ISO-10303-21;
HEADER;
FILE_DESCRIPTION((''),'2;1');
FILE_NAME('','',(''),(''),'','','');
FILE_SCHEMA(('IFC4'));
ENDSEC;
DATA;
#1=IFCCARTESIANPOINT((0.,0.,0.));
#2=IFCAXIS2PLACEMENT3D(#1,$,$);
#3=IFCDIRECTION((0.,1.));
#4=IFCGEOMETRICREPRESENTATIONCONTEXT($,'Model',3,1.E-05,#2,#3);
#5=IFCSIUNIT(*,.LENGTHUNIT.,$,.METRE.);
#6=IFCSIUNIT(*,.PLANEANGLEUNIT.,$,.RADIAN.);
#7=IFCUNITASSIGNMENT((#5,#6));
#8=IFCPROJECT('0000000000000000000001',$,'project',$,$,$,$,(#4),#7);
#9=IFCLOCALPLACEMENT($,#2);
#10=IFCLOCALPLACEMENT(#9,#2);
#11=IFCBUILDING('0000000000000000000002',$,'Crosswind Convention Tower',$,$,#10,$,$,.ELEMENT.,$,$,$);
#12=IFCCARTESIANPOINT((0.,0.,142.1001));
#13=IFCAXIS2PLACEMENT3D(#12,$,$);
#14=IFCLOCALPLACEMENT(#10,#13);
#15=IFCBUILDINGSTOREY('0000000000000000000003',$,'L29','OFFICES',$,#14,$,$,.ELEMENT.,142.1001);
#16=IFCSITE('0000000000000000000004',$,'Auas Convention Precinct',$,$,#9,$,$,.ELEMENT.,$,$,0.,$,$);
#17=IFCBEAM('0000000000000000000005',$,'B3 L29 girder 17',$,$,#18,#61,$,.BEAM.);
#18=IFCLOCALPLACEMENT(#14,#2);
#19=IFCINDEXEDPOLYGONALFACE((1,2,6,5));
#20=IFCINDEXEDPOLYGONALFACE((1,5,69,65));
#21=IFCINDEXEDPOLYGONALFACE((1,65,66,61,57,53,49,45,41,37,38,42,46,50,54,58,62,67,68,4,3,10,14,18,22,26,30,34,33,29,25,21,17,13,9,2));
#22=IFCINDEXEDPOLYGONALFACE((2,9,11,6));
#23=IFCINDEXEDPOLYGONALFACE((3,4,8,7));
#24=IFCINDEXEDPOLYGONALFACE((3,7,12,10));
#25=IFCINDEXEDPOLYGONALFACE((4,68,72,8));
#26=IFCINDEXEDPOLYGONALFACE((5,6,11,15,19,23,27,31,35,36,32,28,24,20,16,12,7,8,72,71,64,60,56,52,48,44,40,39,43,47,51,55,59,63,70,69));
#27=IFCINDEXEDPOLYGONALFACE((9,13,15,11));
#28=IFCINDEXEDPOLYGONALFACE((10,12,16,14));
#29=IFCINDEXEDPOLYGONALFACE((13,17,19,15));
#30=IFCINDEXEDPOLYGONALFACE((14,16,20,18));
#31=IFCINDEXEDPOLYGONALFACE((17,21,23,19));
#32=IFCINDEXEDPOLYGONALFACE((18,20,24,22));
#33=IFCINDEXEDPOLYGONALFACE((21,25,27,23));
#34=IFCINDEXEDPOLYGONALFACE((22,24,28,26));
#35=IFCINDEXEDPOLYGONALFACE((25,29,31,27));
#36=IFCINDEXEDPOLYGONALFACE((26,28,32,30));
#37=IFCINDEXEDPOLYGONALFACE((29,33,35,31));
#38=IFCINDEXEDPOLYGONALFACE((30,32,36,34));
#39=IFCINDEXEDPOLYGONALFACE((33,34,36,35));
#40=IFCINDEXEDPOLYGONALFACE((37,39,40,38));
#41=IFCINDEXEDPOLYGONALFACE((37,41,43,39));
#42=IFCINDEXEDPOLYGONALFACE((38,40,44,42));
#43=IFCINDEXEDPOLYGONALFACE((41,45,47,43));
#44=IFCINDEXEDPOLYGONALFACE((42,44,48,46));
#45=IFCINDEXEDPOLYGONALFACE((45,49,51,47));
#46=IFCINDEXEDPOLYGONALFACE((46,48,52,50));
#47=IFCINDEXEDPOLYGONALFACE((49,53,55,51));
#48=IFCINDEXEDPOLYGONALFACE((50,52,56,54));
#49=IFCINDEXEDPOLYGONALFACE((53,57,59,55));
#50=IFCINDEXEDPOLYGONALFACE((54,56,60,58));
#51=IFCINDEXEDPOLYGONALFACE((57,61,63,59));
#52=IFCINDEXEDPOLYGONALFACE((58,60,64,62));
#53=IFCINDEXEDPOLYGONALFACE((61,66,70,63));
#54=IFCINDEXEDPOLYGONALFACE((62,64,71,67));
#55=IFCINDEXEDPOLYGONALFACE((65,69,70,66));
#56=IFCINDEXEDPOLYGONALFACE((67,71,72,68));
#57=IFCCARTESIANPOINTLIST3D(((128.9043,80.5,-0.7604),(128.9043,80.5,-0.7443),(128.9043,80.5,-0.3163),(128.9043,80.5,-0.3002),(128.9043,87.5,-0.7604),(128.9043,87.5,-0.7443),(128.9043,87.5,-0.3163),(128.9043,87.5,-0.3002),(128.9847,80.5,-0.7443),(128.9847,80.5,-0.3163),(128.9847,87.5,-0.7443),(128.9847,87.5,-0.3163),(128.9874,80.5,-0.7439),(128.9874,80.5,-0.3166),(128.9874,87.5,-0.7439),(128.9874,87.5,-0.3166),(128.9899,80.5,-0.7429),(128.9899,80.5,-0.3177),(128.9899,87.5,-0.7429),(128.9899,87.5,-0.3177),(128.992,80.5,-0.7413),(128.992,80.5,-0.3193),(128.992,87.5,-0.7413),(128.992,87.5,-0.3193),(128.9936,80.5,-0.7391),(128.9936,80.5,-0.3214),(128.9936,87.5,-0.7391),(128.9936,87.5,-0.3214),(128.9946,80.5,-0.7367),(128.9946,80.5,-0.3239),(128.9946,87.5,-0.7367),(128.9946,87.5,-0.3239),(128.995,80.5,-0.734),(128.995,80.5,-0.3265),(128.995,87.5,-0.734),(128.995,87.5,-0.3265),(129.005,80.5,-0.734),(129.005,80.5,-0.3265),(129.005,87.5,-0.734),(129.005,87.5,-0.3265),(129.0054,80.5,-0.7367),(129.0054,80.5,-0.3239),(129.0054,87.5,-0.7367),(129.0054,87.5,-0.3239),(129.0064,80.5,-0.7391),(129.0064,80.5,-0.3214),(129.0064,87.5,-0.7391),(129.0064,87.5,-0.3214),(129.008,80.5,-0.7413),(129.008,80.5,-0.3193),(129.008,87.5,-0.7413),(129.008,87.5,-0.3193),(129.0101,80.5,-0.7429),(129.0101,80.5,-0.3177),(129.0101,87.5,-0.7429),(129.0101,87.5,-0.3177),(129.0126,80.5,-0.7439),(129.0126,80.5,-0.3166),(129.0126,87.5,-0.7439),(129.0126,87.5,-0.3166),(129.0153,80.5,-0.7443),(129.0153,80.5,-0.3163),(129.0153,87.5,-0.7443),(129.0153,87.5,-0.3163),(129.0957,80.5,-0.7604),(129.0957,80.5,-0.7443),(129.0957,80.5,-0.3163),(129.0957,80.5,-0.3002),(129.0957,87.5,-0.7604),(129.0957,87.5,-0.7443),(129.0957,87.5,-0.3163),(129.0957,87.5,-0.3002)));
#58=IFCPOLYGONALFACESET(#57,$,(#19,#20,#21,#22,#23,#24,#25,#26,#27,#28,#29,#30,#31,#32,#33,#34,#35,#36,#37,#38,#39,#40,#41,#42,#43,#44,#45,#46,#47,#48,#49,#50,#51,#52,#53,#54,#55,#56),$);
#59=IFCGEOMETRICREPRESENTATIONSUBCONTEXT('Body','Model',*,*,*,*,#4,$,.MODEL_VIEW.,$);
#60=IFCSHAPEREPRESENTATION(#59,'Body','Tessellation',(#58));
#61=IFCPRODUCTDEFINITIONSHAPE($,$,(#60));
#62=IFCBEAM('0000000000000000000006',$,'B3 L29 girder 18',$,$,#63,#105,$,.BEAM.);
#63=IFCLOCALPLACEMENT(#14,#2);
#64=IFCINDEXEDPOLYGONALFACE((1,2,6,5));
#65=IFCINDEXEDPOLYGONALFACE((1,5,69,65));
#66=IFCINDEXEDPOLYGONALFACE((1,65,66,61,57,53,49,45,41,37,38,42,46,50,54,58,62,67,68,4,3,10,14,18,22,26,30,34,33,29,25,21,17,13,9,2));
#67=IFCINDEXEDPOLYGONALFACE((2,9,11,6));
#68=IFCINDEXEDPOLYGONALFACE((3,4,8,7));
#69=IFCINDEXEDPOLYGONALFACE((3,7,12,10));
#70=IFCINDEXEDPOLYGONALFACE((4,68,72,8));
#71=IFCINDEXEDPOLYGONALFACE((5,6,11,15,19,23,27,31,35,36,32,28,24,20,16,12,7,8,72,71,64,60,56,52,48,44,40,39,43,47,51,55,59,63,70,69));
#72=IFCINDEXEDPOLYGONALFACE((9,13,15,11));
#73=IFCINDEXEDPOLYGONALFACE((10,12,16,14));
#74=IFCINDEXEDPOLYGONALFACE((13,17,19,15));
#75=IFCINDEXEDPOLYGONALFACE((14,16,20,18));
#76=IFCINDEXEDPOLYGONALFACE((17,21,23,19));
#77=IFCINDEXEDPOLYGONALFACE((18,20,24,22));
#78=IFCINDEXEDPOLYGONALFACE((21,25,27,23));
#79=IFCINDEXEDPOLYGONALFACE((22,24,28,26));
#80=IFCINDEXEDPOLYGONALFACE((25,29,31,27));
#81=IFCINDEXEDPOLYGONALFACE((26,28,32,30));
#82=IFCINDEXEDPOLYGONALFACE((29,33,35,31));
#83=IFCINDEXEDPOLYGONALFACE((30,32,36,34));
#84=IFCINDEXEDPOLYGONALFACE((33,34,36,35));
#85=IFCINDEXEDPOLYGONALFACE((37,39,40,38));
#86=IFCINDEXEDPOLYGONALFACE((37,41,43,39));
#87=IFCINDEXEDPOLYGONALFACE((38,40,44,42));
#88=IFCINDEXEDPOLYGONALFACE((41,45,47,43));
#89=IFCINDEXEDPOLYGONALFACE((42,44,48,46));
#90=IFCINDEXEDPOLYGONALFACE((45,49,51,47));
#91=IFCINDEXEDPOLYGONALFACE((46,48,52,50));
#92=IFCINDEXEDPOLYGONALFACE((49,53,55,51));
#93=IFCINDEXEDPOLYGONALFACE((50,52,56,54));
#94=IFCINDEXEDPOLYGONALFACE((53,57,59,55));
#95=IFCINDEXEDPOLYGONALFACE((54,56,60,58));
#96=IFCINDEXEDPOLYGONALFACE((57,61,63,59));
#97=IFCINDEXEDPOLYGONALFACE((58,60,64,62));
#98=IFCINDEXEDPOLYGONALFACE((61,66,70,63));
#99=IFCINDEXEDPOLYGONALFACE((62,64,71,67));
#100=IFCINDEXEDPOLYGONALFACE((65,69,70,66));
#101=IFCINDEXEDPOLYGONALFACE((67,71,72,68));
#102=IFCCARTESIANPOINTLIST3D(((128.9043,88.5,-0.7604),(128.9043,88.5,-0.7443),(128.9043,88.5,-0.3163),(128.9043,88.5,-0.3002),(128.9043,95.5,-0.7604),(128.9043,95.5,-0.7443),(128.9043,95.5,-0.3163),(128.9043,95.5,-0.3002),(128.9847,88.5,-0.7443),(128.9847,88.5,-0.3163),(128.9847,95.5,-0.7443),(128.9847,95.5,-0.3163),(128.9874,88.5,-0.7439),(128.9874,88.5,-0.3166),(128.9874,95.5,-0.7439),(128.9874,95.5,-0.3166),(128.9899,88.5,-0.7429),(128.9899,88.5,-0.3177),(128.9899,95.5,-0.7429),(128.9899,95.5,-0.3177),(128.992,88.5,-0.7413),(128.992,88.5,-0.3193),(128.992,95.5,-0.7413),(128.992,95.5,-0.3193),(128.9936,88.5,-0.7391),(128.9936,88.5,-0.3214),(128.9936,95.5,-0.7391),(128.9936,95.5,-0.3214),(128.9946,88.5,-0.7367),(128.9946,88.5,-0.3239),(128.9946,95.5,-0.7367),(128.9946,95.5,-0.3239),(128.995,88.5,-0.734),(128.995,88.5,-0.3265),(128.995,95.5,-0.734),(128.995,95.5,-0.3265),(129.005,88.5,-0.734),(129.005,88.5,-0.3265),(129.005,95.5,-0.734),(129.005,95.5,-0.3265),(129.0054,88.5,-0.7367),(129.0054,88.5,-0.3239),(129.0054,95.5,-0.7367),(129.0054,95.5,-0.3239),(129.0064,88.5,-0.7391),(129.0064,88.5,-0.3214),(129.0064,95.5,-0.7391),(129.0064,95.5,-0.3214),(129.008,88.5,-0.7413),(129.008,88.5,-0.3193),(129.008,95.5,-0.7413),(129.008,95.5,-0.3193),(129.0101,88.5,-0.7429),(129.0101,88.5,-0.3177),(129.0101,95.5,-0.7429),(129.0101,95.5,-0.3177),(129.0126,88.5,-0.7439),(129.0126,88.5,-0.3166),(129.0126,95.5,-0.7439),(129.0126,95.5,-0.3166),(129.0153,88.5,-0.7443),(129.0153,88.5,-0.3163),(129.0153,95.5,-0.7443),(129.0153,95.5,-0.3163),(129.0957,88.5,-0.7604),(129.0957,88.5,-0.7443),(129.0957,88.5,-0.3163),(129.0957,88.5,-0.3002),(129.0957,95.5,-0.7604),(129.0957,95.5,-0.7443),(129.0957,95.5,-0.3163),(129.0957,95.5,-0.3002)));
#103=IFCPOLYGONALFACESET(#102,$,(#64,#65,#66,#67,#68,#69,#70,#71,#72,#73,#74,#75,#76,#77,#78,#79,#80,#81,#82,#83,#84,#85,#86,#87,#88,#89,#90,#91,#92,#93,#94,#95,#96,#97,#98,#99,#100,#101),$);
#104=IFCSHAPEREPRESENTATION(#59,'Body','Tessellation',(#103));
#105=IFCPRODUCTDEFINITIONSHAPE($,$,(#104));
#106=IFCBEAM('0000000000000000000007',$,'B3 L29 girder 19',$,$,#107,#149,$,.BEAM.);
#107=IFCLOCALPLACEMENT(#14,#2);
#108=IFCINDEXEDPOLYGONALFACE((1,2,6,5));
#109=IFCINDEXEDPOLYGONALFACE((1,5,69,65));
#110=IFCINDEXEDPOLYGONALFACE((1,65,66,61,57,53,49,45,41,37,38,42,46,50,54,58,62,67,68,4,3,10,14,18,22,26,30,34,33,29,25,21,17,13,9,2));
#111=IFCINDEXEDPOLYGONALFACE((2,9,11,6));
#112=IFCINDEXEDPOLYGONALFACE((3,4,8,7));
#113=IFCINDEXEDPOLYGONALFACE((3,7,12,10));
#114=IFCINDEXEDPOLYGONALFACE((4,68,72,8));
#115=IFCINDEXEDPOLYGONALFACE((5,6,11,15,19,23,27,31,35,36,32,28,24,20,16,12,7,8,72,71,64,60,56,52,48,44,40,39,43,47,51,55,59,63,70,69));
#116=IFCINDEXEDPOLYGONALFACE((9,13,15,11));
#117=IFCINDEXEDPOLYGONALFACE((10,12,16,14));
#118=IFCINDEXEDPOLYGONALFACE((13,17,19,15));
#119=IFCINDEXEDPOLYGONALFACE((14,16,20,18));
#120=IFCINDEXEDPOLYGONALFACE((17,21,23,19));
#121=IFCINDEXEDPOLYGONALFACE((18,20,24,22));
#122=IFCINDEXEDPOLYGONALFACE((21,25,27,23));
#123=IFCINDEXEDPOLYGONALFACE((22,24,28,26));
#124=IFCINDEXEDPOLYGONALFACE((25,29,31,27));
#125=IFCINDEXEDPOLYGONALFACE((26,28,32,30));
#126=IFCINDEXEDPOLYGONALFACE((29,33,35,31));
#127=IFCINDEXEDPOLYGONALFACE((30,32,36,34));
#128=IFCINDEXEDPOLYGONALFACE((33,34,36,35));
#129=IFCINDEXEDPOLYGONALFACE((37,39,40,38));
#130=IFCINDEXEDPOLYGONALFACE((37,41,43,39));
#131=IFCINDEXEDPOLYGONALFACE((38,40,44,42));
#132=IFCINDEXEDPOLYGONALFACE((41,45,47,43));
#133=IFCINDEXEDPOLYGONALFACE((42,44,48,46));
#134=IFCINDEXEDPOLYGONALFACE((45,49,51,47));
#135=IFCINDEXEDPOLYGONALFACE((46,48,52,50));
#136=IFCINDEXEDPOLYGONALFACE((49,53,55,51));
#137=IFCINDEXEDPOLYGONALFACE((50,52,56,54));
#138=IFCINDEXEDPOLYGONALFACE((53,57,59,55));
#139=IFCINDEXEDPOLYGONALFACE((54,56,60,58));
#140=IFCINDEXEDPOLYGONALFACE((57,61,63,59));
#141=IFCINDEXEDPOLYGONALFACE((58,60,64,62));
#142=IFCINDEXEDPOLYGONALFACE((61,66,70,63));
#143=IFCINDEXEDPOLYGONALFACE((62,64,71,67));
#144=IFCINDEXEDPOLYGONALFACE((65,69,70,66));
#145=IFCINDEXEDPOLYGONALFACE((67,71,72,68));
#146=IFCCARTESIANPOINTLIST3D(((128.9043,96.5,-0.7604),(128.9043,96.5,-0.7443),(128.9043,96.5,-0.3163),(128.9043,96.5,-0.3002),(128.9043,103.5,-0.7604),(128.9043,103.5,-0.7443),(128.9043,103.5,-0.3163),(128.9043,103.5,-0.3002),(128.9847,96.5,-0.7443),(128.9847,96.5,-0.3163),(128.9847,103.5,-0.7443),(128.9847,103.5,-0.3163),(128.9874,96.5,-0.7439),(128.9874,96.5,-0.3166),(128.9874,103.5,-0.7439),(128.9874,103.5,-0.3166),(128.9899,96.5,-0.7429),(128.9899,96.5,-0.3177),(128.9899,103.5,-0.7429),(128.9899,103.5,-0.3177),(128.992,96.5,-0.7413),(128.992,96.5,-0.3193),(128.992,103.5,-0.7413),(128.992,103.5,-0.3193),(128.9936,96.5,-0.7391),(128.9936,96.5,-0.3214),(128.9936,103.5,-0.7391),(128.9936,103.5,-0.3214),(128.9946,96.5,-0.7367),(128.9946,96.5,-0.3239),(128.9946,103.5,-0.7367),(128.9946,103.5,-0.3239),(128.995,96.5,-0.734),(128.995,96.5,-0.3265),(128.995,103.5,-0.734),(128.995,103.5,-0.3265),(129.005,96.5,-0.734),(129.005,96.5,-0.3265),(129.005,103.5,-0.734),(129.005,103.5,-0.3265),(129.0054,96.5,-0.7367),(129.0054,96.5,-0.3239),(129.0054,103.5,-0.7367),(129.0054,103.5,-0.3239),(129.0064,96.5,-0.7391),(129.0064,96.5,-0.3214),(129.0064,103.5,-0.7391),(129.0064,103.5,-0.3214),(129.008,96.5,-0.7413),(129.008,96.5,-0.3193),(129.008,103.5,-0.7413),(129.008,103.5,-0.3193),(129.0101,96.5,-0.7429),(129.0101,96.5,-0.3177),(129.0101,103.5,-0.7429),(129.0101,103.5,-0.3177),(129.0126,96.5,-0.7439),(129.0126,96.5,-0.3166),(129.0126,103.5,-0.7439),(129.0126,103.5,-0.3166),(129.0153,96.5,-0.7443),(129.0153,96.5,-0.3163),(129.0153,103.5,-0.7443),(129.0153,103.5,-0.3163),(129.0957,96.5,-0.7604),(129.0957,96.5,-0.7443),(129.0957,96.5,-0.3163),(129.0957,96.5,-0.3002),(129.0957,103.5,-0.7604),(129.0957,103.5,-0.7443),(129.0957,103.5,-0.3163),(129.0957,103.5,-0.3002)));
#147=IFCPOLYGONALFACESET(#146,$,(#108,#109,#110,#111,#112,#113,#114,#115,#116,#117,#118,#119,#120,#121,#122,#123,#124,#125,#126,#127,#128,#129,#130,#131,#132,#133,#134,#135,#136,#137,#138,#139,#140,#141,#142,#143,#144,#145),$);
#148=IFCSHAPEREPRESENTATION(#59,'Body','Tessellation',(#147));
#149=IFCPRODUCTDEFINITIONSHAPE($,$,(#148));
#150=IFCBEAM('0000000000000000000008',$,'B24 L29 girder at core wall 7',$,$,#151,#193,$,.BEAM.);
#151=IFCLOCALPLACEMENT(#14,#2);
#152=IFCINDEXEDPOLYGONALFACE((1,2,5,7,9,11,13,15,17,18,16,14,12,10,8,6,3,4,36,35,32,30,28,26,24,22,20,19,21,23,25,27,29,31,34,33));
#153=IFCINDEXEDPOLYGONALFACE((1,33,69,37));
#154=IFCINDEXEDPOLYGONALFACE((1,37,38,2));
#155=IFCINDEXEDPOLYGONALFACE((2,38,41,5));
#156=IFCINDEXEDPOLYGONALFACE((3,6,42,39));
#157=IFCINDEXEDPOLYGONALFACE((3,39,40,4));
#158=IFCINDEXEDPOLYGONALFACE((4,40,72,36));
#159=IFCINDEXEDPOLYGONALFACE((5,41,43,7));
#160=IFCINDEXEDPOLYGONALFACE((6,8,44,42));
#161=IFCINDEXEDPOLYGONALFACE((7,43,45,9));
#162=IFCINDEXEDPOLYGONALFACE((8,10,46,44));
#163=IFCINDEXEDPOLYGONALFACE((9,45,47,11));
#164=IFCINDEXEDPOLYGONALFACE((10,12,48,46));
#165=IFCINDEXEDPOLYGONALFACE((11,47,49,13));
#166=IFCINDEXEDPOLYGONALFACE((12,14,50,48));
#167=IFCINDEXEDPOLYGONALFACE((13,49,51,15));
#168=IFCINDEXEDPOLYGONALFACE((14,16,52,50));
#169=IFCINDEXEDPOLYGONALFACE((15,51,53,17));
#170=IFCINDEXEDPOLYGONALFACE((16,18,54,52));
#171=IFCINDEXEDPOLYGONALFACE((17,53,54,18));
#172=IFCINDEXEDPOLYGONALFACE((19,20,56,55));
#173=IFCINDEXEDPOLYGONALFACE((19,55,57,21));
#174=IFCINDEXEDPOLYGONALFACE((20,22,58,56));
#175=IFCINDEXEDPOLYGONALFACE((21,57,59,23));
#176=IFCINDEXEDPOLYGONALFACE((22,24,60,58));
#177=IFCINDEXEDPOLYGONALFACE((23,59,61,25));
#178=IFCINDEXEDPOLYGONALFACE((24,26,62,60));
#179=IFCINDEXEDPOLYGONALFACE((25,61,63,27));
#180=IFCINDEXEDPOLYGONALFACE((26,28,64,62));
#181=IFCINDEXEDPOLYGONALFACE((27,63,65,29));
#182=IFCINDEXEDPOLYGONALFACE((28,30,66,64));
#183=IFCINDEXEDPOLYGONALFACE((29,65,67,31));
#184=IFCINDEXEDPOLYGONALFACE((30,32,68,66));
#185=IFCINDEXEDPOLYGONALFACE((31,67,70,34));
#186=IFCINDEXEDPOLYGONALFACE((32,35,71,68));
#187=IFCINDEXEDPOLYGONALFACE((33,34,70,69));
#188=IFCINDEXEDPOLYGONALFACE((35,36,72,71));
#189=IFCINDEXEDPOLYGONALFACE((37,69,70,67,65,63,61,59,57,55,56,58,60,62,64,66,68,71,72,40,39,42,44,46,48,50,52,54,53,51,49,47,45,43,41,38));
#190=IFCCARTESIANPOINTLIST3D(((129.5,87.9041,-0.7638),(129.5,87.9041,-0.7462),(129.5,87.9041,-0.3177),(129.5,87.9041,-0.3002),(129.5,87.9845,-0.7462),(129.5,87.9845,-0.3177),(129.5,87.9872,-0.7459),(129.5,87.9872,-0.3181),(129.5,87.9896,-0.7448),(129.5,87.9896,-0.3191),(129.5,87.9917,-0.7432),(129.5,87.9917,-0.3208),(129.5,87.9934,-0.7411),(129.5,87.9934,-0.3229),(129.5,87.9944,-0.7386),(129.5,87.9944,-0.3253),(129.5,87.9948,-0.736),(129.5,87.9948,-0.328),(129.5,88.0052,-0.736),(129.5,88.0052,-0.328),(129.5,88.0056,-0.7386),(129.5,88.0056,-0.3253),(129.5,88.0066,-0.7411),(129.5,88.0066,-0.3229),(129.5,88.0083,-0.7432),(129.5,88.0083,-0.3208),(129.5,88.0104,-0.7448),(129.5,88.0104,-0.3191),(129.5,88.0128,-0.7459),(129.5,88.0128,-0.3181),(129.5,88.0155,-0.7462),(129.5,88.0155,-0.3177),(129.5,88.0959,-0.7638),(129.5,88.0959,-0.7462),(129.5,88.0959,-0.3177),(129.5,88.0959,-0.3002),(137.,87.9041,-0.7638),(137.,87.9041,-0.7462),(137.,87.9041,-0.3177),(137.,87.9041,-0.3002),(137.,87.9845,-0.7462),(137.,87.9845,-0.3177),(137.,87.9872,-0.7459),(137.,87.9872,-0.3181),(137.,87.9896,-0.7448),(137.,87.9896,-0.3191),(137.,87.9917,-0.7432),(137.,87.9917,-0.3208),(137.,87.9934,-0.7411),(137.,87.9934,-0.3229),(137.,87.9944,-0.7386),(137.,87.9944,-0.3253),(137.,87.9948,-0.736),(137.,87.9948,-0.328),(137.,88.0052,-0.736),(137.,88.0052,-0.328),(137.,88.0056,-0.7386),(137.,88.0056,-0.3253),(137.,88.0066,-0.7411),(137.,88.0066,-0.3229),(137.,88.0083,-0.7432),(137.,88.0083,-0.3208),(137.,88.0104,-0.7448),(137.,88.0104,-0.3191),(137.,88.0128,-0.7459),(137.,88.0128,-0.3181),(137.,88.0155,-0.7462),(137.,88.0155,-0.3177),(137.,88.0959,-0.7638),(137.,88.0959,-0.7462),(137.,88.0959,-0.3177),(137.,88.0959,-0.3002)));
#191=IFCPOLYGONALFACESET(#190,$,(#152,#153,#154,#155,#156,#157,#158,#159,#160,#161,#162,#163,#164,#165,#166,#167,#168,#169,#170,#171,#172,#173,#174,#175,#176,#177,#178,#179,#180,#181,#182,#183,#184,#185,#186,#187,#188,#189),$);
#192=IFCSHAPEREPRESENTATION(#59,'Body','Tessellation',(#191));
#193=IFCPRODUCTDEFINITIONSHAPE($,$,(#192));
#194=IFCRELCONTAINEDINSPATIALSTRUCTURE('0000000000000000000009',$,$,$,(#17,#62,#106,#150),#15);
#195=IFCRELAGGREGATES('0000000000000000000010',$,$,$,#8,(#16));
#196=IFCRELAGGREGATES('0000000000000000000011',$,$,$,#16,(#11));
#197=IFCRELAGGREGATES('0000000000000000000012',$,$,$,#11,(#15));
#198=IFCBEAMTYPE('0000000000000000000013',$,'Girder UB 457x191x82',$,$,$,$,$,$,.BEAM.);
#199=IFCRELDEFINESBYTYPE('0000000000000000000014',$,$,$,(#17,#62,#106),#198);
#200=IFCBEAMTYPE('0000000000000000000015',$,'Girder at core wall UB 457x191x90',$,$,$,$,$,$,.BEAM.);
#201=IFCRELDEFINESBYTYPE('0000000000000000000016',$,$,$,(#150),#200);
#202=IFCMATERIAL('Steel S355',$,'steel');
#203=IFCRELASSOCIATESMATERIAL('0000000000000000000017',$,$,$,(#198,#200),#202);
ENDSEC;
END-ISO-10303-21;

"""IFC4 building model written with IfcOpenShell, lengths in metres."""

from ifc_helpers import new_model, si_unit, direction, frame, origin, origin_2d, place, context, subcontext, project, spatial, i_section, extrude, material, material_profile, profile_set, type_object, element, save


model = new_model("IFC4")

# Units and contexts
model_context = context("Model", 3, precision=1e-05, world=origin(), true_north=direction((0.0, 1.0)))
body_context = subcontext(model_context, "Body", "Model", "MODEL_VIEW")
ifc_project = project(units=[si_unit("LENGTHUNIT", "METRE"), si_unit("PLANEANGLEUNIT", "RADIAN")], contexts=[model_context])

# Site, building, storey
site_placement = place(None, origin())
site = spatial("IfcSite", under=ifc_project, at=site_placement, Name="Auas Convention Precinct", CompositionType="ELEMENT", RefElevation=0.0)
building_placement = place(site_placement, origin())
building = spatial("IfcBuilding", under=site, at=building_placement, Name="Crosswind Convention Tower", CompositionType="ELEMENT")
storey_placement = place(building_placement, frame((0.0, 0.0, 142.1001)))
storey = spatial("IfcBuildingStorey", under=building, at=storey_placement, Name="L29", Description="OFFICES", CompositionType="ELEMENT", Elevation=142.1001)

# Beams
ifc_material_1 = material(Name="Steel S355", Category="steel")
ifc_material_profile_1 = material_profile(ifc_material_1, i_section(OverallWidth=0.1914, OverallDepth=0.4602, WebThickness=0.01, FlangeThickness=0.0161, FilletRadius=0.0103, at=origin_2d()), Name="UB 457x191x82")
ifc_profile_set_1 = profile_set([ifc_material_profile_1], Name="Steel S355")
beam_type_1 = type_object("IfcBeamType", Name="Girder UB 457x191x82", PredefinedType="BEAM", material=ifc_profile_set_1)
for number, where, z_axis, x_axis, name in (
    (1, (129.0, 80.5, -0.5303), (0.0, 1.0, 0.0), (-1.0, 0.0, 0.0), "B3 L29 girder 17"),
    (2, (129.0, 88.5, -0.5303), (0.0, 1.0, 0.0), (-1.0, 0.0, 0.0), "B3 L29 girder 18"),
    (3, (129.0, 96.5, -0.5303), (0.0, 1.0, 0.0), (-1.0, 0.0, 0.0), "B3 L29 girder 19"),
):
    element("IfcBeam", number, at=place(storey_placement, frame(where, z_axis=z_axis, x_axis=x_axis)), inside=storey, type_object=beam_type_1, Name=name, PredefinedType="BEAM", context=body_context, shape_type="SweptSolid", body=[
        extrude(i_section(OverallWidth=0.1914, OverallDepth=0.4602, WebThickness=0.01, FlangeThickness=0.0161, FilletRadius=0.0103, at=origin_2d()), origin(), (0.0, 0.0, 1.0), 7.0),
    ])
ifc_material_profile_2 = material_profile(ifc_material_1, i_section(OverallWidth=0.1919, OverallDepth=0.4636, WebThickness=0.0105, FlangeThickness=0.0176, FilletRadius=0.0103, at=origin_2d()), Name="UB 457x191x90")
ifc_profile_set_2 = profile_set([ifc_material_profile_2], Name="Steel S355")
beam_type_2 = type_object("IfcBeamType", Name="Girder at core wall UB 457x191x90", PredefinedType="BEAM", material=ifc_profile_set_2)
for number, where, z_axis, x_axis, name in (
    (4, (129.5, 88.0, -0.532), (1.0, 0.0, 0.0), (0.0, 1.0, 0.0), "B24 L29 girder at core wall 7"),
):
    element("IfcBeam", number, at=place(storey_placement, frame(where, z_axis=z_axis, x_axis=x_axis)), inside=storey, type_object=beam_type_2, Name=name, PredefinedType="BEAM", context=body_context, shape_type="SweptSolid", body=[
        extrude(i_section(OverallWidth=0.1919, OverallDepth=0.4636, WebThickness=0.0105, FlangeThickness=0.0176, FilletRadius=0.0103, at=origin_2d()), origin(), (0.0, 0.0, 1.0), 7.5),
    ])

save(model, "model.ifc")
